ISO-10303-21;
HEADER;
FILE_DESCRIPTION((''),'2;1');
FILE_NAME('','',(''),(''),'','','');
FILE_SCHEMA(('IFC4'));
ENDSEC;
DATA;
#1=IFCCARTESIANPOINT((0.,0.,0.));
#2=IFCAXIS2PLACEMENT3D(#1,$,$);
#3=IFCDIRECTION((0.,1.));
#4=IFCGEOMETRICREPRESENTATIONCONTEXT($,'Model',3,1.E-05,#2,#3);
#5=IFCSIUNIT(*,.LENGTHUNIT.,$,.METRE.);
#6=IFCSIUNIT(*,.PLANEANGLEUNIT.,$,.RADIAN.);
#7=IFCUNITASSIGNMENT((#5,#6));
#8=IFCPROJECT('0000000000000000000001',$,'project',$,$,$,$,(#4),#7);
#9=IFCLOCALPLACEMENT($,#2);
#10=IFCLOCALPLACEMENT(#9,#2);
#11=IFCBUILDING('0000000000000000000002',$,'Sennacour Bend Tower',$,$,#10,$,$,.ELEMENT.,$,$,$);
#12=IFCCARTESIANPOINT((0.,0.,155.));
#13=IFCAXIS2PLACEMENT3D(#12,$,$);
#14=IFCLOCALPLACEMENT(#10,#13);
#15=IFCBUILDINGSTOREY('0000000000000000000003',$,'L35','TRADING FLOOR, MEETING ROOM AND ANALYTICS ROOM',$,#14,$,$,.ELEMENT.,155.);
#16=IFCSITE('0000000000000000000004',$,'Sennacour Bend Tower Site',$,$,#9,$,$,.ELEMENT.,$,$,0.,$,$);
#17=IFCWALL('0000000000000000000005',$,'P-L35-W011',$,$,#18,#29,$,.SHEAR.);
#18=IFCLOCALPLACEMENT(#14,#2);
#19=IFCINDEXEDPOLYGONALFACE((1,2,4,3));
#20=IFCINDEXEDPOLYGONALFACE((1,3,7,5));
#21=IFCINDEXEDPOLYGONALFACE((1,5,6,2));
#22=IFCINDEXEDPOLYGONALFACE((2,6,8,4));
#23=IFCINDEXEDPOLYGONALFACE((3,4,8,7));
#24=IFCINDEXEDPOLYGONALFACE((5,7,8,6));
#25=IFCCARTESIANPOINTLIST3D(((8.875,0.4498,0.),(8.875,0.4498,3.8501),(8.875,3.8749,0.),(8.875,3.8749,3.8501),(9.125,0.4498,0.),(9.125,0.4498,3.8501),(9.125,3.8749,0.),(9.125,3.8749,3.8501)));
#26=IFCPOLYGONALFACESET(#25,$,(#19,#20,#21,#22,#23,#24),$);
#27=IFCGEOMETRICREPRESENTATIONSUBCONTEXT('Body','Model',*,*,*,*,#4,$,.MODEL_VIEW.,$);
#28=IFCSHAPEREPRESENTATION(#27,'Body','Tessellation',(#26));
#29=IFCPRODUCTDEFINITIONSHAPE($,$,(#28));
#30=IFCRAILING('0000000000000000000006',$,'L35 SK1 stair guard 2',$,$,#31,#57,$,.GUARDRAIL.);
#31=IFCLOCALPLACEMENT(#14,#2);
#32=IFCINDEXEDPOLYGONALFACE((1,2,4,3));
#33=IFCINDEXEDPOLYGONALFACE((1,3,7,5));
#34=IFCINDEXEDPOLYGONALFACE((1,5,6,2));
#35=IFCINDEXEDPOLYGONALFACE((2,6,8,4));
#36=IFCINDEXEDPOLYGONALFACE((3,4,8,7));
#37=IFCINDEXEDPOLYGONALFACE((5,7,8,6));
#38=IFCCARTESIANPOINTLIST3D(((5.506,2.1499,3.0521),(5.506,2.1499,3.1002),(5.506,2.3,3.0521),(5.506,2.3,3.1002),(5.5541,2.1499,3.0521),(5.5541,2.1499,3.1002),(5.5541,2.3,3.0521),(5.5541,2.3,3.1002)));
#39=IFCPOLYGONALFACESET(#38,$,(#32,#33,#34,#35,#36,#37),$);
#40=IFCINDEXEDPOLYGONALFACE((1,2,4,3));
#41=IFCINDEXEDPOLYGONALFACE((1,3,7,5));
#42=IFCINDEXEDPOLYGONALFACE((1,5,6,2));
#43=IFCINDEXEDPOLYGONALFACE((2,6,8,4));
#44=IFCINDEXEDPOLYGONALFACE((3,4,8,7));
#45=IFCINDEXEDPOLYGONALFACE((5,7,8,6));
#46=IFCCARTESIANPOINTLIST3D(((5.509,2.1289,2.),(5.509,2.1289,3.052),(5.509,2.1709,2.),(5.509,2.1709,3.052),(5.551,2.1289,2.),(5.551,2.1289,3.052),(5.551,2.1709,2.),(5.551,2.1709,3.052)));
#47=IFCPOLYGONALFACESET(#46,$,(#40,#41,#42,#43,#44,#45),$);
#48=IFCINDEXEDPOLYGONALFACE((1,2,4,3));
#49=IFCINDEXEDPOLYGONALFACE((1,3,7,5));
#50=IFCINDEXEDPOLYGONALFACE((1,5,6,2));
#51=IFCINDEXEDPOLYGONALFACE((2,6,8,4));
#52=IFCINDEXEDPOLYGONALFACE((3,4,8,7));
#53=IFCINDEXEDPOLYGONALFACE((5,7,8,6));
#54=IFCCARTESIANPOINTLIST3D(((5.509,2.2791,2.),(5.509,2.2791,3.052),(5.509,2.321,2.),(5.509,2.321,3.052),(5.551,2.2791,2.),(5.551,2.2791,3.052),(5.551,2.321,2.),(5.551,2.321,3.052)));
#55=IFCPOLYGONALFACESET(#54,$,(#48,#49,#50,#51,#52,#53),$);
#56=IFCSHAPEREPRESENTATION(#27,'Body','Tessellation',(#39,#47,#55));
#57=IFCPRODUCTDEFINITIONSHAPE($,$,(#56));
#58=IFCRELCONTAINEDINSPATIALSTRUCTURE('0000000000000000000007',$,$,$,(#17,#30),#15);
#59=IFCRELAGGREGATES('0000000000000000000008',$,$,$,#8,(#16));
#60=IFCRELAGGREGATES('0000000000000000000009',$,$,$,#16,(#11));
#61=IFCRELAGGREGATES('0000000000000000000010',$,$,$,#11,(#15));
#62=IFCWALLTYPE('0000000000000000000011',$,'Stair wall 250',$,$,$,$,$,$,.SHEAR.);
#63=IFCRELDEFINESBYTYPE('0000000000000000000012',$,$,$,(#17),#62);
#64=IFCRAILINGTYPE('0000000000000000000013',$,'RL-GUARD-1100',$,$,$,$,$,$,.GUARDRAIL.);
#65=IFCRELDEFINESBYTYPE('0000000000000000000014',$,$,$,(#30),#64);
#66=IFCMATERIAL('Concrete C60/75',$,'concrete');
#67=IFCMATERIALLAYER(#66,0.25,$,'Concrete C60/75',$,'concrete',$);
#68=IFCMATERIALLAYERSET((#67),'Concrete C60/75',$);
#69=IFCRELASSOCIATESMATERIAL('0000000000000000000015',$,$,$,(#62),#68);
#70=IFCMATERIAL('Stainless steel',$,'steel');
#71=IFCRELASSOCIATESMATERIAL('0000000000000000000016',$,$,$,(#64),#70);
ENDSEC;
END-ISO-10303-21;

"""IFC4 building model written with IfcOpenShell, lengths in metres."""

from ifc_helpers import new_model, si_unit, direction, frame, frame_2d, origin, origin_2d, place, context, subcontext, project, spatial, rectangle, extrude, material, layer, layer_set, type_object, element, save


model = new_model("IFC4")

# Units and contexts
model_context = context("Model", 3, precision=1e-05, world=origin(), true_north=direction((0.0, 1.0)))
body_context = subcontext(model_context, "Body", "Model", "MODEL_VIEW")
ifc_project = project(units=[si_unit("LENGTHUNIT", "METRE"), si_unit("PLANEANGLEUNIT", "RADIAN")], contexts=[model_context])

# Site, building, storey
site_placement = place(None, origin())
site = spatial("IfcSite", under=ifc_project, at=site_placement, Name="Sennacour Bend Tower Site", CompositionType="ELEMENT", RefElevation=0.0)
building_placement = place(site_placement, origin())
building = spatial("IfcBuilding", under=site, at=building_placement, Name="Sennacour Bend Tower", CompositionType="ELEMENT")
storey_placement = place(building_placement, frame((0.0, 0.0, 155.0)))
storey = spatial("IfcBuildingStorey", under=building, at=storey_placement, Name="L35", Description="TRADING FLOOR, MEETING ROOM AND ANALYTICS ROOM", CompositionType="ELEMENT", Elevation=155.0)

# Wall
ifc_material_1 = material(Name="Concrete C60/75", Category="concrete")
ifc_layer_1 = layer(ifc_material_1, 0.25, Name="Concrete C60/75", Category="concrete")
ifc_layer_set_1 = layer_set([ifc_layer_1], Name="Concrete C60/75")
wall_type_1 = type_object("IfcWallType", Name="Stair wall 250", PredefinedType="SHEAR", material=ifc_layer_set_1)
wall_1_placement = place(storey_placement, frame((9.0, 0.45, 0.0), z_axis=(0.0, 0.0, 1.0), x_axis=(0.0, 1.0, 0.0)))
element("IfcWall", 1, at=wall_1_placement, inside=storey, type_object=wall_type_1, Name="P-L35-W011", PredefinedType="SHEAR", context=body_context, shape_type="SweptSolid", body=[
    extrude(rectangle(XDim=3.425, YDim=0.25, at=frame_2d((1.7124, 0.0))), origin(), (0.0, 0.0, 1.0), 3.8501),
])

# Railing
ifc_material_2 = material(Name="Stainless steel", Category="steel")
railing_type = type_object("IfcRailingType", Name="RL-GUARD-1100", PredefinedType="GUARDRAIL", material=ifc_material_2)
railing_placement = place(storey_placement, frame((5.53, 2.1499, 2.0)))
element("IfcRailing", 2, at=railing_placement, inside=storey, type_object=railing_type, Name="L35 SK1 stair guard 2", PredefinedType="GUARDRAIL", context=body_context, shape_type="SweptSolid", body=[
    extrude(rectangle(XDim=0.0481, YDim=0.0481, at=origin_2d()), frame((0.0, 0.0, 1.0762), z_axis=(0.0, 1.0, 0.0), x_axis=(-1.0, 0.0, 0.0)), (0.0, 0.0, 1.0), 0.1501),
    extrude(rectangle(XDim=0.042, YDim=0.042, at=origin_2d()), origin(), (0.0, 0.0, 1.0), 1.052),
    extrude(rectangle(XDim=0.042, YDim=0.042, at=origin_2d()), frame((0.0, 0.1501, 0.0)), (0.0, 0.0, 1.0), 1.052),
])

save(model, "model.ifc")
